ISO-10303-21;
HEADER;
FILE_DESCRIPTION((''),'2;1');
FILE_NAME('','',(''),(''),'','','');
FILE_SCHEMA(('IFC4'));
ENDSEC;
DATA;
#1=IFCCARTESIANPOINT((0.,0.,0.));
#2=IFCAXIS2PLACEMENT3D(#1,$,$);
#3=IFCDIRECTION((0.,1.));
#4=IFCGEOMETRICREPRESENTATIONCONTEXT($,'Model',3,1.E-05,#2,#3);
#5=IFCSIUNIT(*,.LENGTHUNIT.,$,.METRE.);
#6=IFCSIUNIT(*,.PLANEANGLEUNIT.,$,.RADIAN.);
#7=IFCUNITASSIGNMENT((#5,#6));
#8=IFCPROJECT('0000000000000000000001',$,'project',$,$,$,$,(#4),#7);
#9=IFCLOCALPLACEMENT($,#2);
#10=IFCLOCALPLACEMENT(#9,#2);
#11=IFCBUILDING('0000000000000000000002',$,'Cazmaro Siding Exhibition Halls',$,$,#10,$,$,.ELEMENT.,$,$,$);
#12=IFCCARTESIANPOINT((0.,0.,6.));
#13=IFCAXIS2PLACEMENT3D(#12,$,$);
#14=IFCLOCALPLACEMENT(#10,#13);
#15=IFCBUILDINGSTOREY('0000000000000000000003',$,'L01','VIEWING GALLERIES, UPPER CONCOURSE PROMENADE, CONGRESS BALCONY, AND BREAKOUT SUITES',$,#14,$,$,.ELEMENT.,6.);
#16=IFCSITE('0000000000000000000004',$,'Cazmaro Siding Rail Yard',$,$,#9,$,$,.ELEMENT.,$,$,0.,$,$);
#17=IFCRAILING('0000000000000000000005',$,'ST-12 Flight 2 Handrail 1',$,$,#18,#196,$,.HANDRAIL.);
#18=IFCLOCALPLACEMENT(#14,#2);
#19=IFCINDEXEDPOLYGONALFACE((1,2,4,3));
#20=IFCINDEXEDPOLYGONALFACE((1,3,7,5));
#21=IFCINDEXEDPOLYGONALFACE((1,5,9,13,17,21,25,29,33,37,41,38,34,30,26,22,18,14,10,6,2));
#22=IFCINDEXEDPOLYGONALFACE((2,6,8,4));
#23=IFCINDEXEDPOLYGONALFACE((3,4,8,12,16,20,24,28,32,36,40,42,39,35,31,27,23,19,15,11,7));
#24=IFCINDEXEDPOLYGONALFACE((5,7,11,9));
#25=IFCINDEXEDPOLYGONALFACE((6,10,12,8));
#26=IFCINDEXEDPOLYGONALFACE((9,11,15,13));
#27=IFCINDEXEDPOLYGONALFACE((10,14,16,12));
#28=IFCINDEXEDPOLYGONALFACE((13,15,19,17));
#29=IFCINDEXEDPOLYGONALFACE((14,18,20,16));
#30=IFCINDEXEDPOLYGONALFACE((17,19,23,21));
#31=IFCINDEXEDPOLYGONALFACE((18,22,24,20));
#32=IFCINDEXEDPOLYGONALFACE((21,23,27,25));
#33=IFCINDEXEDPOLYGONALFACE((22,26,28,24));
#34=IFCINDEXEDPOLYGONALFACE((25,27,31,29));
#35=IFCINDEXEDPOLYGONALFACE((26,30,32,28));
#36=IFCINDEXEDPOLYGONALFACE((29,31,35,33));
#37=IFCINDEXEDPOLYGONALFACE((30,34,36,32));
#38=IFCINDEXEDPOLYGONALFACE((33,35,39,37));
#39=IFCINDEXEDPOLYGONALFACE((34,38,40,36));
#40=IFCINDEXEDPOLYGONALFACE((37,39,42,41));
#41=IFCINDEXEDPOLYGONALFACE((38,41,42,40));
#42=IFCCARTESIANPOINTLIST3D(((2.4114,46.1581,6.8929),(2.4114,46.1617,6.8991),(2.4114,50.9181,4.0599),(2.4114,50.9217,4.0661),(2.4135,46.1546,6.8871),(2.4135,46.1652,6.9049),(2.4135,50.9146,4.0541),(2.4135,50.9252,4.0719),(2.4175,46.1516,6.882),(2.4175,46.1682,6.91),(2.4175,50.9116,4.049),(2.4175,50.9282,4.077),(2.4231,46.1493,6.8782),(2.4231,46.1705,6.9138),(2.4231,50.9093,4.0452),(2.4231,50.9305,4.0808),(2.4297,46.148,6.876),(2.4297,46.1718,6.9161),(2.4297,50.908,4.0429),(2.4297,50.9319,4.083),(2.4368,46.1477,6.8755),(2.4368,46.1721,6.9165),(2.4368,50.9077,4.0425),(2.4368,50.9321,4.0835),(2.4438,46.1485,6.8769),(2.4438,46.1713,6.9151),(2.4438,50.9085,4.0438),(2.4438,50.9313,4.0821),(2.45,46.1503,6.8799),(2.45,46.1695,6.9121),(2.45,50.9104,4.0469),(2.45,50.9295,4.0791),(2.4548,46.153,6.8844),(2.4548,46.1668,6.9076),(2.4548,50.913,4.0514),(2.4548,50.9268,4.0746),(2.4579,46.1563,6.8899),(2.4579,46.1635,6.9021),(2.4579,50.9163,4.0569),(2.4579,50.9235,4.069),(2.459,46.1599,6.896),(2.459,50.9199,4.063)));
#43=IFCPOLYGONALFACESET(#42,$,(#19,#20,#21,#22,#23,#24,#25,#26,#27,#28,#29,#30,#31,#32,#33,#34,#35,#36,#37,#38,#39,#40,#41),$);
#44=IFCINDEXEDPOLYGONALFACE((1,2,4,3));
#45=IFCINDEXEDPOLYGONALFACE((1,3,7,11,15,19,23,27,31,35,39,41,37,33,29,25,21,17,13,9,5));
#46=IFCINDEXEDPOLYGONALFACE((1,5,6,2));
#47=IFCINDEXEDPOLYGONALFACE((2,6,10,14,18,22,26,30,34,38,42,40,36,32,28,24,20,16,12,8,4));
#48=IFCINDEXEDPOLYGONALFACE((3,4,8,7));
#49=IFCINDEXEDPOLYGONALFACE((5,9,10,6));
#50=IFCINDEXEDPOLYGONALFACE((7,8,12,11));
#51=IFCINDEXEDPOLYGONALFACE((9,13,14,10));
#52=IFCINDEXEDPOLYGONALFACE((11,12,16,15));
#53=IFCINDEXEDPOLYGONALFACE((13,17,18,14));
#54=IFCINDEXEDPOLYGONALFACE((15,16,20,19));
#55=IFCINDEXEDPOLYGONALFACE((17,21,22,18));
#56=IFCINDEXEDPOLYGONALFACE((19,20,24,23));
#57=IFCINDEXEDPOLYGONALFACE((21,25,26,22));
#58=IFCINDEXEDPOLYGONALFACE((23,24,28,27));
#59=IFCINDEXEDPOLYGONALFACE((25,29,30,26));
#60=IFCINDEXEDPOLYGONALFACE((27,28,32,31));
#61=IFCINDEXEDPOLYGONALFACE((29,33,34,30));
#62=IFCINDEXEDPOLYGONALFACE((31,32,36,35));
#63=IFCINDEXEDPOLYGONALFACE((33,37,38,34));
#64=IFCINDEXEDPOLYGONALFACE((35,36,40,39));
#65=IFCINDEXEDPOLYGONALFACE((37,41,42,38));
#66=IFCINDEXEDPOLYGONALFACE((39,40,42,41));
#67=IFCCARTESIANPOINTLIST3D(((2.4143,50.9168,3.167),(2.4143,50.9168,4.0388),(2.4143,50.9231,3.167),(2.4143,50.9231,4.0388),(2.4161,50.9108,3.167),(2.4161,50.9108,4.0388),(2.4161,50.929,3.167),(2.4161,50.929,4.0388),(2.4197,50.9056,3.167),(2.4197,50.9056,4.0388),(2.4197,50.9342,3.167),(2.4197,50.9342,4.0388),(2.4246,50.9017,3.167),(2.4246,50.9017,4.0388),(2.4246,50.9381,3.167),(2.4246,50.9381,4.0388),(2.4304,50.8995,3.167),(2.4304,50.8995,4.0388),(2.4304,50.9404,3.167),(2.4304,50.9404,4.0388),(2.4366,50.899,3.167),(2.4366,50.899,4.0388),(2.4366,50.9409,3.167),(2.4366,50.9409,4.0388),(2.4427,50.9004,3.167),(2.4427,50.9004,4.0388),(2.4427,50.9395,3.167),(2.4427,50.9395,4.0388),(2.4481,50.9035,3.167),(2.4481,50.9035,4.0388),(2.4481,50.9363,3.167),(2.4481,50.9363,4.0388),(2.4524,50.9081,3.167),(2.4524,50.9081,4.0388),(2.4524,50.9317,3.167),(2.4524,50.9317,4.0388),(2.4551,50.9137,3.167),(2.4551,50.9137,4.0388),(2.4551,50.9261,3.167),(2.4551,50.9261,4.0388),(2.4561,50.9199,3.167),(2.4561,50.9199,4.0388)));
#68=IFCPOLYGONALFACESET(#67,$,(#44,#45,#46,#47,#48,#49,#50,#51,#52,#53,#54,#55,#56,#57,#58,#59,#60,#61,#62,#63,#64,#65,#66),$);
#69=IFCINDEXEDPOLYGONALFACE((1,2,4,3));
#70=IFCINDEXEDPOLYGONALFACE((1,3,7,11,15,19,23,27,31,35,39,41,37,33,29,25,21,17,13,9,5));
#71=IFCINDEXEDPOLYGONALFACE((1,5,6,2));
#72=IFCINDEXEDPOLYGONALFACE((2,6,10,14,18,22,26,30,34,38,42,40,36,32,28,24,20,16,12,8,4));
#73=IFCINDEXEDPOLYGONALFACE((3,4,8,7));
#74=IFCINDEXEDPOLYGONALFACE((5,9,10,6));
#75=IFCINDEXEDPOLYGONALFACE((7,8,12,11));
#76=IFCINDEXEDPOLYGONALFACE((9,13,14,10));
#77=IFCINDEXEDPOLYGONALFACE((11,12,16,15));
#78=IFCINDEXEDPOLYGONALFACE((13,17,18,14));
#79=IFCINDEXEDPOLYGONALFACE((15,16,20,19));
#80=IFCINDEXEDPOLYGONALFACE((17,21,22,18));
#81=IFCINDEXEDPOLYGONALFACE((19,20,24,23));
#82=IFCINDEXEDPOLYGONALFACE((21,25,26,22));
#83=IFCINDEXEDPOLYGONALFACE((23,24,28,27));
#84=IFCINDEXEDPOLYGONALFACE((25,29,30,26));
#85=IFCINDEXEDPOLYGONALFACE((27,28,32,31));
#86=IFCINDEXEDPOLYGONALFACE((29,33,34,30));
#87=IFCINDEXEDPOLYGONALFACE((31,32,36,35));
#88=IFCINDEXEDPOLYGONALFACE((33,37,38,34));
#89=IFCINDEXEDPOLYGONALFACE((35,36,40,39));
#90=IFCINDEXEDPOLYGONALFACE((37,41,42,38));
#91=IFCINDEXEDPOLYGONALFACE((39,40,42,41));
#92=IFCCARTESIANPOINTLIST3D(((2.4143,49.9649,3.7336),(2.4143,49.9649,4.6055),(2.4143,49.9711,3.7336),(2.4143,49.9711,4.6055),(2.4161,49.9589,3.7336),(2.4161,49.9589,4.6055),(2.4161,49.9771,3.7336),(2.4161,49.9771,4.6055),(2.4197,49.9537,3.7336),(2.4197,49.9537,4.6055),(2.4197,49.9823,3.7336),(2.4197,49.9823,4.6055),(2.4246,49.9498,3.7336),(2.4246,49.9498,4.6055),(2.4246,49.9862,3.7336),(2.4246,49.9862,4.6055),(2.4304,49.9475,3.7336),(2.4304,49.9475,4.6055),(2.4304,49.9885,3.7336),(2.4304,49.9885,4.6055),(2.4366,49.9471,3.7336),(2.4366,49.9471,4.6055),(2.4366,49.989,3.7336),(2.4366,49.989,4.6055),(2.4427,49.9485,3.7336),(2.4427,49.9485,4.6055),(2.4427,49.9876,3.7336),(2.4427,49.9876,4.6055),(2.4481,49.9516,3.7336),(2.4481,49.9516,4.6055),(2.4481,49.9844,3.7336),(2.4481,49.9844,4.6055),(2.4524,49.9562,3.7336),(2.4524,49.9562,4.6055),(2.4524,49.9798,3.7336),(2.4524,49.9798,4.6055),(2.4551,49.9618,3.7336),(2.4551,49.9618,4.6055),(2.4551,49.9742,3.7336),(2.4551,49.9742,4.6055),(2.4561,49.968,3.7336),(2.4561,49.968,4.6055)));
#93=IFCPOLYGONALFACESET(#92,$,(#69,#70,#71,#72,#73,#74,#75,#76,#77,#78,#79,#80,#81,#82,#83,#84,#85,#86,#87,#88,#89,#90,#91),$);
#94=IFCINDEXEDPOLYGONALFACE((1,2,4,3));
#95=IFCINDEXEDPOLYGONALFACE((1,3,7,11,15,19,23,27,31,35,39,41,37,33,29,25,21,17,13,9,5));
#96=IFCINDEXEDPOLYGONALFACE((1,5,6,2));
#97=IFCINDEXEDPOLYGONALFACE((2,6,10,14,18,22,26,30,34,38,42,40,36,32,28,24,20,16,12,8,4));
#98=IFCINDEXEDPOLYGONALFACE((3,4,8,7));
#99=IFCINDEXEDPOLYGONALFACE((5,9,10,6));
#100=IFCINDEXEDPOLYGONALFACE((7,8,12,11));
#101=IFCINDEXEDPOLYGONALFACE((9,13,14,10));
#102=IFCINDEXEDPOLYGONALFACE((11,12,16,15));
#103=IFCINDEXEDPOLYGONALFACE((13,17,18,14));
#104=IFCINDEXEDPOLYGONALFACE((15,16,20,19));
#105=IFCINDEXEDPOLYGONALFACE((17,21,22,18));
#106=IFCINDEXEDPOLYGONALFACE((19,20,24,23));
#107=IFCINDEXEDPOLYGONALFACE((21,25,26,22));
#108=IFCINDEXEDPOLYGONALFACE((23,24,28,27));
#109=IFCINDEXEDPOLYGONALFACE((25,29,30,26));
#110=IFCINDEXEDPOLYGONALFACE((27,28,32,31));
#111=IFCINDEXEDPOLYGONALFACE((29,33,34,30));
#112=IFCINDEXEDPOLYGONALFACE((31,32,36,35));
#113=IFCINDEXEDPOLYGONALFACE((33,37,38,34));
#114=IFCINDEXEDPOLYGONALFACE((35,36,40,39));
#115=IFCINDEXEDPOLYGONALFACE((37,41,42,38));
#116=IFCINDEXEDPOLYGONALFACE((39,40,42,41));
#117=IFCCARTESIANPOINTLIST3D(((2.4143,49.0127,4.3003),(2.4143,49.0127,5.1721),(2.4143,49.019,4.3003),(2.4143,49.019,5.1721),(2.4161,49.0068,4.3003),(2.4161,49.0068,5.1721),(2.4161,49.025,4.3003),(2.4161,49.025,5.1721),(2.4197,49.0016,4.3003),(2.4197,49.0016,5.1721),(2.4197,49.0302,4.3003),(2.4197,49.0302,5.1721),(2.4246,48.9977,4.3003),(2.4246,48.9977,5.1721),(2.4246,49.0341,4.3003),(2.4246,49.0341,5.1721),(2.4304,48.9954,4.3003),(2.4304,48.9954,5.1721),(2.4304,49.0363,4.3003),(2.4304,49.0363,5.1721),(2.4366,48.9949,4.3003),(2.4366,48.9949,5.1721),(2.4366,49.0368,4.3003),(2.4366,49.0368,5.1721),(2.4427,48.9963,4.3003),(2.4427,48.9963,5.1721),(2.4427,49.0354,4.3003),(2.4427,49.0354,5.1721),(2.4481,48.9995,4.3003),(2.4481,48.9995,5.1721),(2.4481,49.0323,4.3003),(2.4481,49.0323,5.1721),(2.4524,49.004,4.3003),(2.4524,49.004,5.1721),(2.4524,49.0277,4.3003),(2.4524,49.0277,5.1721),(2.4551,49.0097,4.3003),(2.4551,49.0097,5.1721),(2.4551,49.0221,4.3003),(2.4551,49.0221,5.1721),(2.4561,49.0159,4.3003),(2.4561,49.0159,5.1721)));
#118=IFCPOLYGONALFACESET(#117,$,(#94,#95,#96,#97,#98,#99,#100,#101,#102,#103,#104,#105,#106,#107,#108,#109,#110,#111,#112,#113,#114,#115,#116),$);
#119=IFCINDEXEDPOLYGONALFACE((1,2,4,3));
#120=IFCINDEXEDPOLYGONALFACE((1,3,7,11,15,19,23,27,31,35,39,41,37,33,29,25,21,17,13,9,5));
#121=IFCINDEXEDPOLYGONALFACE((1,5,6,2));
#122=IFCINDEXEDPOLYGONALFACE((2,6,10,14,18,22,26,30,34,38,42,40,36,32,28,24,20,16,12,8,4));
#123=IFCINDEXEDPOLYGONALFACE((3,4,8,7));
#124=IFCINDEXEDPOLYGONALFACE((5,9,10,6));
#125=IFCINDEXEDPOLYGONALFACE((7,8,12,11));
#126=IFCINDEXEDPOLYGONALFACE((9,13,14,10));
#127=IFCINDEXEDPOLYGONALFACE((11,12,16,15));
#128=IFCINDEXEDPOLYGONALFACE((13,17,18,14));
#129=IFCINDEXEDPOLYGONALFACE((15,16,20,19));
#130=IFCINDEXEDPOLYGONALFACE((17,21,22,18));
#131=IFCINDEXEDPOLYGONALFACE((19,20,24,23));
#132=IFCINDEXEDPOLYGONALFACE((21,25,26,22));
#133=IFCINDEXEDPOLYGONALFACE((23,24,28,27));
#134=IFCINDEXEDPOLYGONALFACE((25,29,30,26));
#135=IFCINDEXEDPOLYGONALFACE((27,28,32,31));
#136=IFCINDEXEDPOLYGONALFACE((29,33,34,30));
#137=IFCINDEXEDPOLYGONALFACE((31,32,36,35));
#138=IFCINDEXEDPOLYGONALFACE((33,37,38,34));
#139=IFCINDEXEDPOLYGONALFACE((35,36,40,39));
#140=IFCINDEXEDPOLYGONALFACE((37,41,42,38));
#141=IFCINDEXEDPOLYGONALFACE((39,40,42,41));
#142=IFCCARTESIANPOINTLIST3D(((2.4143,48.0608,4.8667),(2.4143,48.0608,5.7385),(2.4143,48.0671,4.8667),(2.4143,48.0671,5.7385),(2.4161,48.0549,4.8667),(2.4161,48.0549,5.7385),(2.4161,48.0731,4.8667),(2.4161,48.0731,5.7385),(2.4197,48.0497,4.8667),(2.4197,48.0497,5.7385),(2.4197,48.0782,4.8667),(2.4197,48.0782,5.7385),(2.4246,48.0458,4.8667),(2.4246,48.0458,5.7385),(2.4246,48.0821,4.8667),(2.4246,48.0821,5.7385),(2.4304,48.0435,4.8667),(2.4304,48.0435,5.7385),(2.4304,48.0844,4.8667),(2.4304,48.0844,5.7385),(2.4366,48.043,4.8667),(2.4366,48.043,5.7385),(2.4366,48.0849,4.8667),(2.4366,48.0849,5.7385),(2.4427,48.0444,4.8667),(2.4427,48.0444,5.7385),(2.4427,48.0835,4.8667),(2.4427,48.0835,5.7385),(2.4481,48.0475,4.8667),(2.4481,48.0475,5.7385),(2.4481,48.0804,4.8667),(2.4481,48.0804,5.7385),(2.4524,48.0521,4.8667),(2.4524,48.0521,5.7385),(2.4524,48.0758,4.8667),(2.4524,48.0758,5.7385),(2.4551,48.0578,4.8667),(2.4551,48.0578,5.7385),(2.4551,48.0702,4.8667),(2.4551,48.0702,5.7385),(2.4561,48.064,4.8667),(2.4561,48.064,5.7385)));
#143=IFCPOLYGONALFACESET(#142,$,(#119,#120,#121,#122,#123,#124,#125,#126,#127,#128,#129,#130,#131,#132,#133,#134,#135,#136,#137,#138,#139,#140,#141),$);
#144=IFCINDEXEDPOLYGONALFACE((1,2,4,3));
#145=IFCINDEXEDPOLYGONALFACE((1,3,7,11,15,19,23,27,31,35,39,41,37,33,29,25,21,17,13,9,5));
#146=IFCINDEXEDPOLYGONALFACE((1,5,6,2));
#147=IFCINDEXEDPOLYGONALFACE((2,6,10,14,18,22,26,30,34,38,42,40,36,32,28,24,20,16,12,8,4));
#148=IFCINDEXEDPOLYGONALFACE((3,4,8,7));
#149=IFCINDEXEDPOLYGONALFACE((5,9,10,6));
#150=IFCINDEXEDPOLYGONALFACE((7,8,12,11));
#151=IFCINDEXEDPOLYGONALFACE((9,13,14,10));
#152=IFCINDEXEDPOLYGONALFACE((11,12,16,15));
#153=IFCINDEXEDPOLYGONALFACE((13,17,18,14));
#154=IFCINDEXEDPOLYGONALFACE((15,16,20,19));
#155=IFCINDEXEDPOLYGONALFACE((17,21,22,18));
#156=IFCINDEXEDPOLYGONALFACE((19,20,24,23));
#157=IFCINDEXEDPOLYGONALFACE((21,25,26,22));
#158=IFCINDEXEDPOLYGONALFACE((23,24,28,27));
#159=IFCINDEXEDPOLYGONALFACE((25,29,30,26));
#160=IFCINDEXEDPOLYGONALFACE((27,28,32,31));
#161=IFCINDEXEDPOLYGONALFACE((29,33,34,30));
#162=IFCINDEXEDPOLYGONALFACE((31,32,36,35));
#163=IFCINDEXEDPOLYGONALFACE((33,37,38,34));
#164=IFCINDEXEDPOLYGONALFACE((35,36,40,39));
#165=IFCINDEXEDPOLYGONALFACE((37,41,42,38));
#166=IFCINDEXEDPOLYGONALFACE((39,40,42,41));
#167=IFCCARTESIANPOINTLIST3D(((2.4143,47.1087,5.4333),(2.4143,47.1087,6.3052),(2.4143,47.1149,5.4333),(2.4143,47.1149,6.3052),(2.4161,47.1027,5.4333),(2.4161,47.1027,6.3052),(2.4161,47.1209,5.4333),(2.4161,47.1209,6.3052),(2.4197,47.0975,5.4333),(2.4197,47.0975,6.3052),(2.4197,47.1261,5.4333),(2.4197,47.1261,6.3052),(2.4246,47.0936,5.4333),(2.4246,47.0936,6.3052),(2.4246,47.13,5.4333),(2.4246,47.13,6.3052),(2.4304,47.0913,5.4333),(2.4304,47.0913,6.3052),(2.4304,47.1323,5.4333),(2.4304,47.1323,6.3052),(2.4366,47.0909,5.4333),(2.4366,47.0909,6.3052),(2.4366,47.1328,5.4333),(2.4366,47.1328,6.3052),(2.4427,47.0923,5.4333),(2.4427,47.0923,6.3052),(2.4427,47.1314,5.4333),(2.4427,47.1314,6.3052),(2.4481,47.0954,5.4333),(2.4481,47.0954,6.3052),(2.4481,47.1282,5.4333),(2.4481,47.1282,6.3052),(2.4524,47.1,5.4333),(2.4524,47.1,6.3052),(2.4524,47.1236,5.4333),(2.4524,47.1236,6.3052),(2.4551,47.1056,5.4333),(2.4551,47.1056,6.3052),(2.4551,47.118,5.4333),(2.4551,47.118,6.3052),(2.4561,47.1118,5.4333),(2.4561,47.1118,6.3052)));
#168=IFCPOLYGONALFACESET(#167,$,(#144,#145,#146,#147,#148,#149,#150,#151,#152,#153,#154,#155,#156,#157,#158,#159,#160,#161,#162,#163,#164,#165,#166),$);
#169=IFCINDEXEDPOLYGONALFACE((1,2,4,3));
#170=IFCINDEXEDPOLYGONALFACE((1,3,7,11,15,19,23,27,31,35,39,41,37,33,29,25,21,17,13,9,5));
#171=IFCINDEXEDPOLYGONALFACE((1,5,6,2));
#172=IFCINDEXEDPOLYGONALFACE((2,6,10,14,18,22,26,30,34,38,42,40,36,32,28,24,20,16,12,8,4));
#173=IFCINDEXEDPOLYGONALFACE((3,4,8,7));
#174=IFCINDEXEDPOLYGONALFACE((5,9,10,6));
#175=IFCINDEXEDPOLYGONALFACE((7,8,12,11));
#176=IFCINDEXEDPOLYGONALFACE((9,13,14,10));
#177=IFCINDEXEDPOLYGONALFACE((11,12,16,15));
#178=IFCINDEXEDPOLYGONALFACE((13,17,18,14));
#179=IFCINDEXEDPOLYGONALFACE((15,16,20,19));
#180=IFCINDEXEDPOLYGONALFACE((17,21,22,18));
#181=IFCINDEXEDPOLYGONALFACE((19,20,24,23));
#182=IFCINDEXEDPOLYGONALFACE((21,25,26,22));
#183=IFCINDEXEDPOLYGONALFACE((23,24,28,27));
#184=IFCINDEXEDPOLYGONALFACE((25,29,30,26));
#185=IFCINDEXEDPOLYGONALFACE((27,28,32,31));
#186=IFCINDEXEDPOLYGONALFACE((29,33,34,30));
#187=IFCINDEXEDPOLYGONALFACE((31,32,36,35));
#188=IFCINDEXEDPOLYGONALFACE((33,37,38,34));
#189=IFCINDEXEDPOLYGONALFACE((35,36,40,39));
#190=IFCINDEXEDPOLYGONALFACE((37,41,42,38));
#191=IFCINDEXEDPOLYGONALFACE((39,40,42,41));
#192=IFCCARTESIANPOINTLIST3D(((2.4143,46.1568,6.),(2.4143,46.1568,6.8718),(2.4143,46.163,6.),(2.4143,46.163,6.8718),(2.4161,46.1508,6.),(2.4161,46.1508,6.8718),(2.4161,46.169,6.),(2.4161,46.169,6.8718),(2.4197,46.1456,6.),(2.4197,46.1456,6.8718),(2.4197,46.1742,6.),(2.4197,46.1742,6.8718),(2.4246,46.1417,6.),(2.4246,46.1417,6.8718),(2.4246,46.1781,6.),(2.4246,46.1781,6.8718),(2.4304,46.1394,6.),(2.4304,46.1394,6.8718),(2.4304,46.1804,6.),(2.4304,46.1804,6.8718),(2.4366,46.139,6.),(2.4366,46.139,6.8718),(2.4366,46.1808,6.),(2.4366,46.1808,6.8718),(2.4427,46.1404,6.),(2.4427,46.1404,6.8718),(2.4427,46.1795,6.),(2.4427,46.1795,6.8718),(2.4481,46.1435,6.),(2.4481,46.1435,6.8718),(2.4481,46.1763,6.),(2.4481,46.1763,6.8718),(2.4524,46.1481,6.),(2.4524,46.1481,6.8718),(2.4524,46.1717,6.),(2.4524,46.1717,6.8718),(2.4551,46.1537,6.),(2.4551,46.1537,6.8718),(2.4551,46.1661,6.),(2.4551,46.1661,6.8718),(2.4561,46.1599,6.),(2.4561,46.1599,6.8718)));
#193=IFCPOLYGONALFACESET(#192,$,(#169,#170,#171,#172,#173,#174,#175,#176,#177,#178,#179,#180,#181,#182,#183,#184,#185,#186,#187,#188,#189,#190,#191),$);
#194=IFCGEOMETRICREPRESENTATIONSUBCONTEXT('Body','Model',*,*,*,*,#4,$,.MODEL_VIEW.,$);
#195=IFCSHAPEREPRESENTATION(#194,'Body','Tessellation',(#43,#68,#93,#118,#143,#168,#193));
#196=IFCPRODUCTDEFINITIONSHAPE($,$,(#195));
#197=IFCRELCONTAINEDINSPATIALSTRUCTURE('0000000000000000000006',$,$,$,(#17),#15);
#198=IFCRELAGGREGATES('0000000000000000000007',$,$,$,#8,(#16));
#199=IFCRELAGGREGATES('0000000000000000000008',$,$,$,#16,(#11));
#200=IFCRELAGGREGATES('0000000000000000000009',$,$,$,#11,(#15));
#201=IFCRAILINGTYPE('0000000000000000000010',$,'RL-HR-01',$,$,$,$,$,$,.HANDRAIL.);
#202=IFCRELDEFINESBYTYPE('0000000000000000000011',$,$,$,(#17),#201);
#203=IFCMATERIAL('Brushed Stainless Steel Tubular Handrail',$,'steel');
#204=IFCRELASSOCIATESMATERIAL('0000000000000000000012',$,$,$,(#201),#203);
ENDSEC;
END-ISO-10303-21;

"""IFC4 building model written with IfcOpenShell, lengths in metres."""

from ifc_helpers import new_model, si_unit, direction, frame, origin, origin_2d, place, context, subcontext, project, spatial, circle, extrude, material, type_object, element, save


model = new_model("IFC4")

# Units and contexts
model_context = context("Model", 3, precision=1e-05, world=origin(), true_north=direction((0.0, 1.0)))
body_context = subcontext(model_context, "Body", "Model", "MODEL_VIEW")
ifc_project = project(units=[si_unit("LENGTHUNIT", "METRE"), si_unit("PLANEANGLEUNIT", "RADIAN")], contexts=[model_context])

# Site, building, storey
site_placement = place(None, origin())
site = spatial("IfcSite", under=ifc_project, at=site_placement, Name="Cazmaro Siding Rail Yard", CompositionType="ELEMENT", RefElevation=0.0)
building_placement = place(site_placement, origin())
building = spatial("IfcBuilding", under=site, at=building_placement, Name="Cazmaro Siding Exhibition Halls", CompositionType="ELEMENT")
storey_placement = place(building_placement, frame((0.0, 0.0, 6.0)))
storey = spatial("IfcBuildingStorey", under=building, at=storey_placement, Name="L01", Description="VIEWING GALLERIES, UPPER CONCOURSE PROMENADE, CONGRESS BALCONY, AND BREAKOUT SUITES", CompositionType="ELEMENT", Elevation=6.0)

# Railing
ifc_material_1 = material(Name="Brushed Stainless Steel Tubular Handrail", Category="steel")
railing_type_1 = type_object("IfcRailingType", Name="RL-HR-01", PredefinedType="HANDRAIL", material=ifc_material_1)
for number, where, name in (
    (1, (2.4351, 50.9199, 3.167), "ST-12 Flight 2 Handrail 1"),
):
    element("IfcRailing", number, at=place(storey_placement, frame(where)), inside=storey, type_object=railing_type_1, Name=name, PredefinedType="HANDRAIL", context=body_context, shape_type="SweptSolid", body=[
        extrude(circle(Radius=0.0239, at=origin_2d()), frame((0.0, 0.0, 0.896), z_axis=(0.0, -0.859319, 0.51144), x_axis=(1.0, 0.0, 0.0)), (0.0, 0.0, 1.0), 5.5393),
        extrude(circle(Radius=0.021, at=origin_2d()), origin(), (0.0, 0.0, 1.0), 0.8718),
        extrude(circle(Radius=0.021, at=origin_2d()), frame((0.0, -0.9519, 0.5667)), (0.0, 0.0, 1.0), 0.8718),
        extrude(circle(Radius=0.021, at=origin_2d()), frame((0.0, -1.9041, 1.1333)), (0.0, 0.0, 1.0), 0.8718),
        extrude(circle(Radius=0.021, at=origin_2d()), frame((0.0, -2.856, 1.6997)), (0.0, 0.0, 1.0), 0.8718),
        extrude(circle(Radius=0.021, at=origin_2d()), frame((0.0, -3.8081, 2.2664)), (0.0, 0.0, 1.0), 0.8718),
        extrude(circle(Radius=0.021, at=origin_2d()), frame((0.0, -4.76, 2.833)), (0.0, 0.0, 1.0), 0.8718),
    ])

save(model, "model.ifc")
